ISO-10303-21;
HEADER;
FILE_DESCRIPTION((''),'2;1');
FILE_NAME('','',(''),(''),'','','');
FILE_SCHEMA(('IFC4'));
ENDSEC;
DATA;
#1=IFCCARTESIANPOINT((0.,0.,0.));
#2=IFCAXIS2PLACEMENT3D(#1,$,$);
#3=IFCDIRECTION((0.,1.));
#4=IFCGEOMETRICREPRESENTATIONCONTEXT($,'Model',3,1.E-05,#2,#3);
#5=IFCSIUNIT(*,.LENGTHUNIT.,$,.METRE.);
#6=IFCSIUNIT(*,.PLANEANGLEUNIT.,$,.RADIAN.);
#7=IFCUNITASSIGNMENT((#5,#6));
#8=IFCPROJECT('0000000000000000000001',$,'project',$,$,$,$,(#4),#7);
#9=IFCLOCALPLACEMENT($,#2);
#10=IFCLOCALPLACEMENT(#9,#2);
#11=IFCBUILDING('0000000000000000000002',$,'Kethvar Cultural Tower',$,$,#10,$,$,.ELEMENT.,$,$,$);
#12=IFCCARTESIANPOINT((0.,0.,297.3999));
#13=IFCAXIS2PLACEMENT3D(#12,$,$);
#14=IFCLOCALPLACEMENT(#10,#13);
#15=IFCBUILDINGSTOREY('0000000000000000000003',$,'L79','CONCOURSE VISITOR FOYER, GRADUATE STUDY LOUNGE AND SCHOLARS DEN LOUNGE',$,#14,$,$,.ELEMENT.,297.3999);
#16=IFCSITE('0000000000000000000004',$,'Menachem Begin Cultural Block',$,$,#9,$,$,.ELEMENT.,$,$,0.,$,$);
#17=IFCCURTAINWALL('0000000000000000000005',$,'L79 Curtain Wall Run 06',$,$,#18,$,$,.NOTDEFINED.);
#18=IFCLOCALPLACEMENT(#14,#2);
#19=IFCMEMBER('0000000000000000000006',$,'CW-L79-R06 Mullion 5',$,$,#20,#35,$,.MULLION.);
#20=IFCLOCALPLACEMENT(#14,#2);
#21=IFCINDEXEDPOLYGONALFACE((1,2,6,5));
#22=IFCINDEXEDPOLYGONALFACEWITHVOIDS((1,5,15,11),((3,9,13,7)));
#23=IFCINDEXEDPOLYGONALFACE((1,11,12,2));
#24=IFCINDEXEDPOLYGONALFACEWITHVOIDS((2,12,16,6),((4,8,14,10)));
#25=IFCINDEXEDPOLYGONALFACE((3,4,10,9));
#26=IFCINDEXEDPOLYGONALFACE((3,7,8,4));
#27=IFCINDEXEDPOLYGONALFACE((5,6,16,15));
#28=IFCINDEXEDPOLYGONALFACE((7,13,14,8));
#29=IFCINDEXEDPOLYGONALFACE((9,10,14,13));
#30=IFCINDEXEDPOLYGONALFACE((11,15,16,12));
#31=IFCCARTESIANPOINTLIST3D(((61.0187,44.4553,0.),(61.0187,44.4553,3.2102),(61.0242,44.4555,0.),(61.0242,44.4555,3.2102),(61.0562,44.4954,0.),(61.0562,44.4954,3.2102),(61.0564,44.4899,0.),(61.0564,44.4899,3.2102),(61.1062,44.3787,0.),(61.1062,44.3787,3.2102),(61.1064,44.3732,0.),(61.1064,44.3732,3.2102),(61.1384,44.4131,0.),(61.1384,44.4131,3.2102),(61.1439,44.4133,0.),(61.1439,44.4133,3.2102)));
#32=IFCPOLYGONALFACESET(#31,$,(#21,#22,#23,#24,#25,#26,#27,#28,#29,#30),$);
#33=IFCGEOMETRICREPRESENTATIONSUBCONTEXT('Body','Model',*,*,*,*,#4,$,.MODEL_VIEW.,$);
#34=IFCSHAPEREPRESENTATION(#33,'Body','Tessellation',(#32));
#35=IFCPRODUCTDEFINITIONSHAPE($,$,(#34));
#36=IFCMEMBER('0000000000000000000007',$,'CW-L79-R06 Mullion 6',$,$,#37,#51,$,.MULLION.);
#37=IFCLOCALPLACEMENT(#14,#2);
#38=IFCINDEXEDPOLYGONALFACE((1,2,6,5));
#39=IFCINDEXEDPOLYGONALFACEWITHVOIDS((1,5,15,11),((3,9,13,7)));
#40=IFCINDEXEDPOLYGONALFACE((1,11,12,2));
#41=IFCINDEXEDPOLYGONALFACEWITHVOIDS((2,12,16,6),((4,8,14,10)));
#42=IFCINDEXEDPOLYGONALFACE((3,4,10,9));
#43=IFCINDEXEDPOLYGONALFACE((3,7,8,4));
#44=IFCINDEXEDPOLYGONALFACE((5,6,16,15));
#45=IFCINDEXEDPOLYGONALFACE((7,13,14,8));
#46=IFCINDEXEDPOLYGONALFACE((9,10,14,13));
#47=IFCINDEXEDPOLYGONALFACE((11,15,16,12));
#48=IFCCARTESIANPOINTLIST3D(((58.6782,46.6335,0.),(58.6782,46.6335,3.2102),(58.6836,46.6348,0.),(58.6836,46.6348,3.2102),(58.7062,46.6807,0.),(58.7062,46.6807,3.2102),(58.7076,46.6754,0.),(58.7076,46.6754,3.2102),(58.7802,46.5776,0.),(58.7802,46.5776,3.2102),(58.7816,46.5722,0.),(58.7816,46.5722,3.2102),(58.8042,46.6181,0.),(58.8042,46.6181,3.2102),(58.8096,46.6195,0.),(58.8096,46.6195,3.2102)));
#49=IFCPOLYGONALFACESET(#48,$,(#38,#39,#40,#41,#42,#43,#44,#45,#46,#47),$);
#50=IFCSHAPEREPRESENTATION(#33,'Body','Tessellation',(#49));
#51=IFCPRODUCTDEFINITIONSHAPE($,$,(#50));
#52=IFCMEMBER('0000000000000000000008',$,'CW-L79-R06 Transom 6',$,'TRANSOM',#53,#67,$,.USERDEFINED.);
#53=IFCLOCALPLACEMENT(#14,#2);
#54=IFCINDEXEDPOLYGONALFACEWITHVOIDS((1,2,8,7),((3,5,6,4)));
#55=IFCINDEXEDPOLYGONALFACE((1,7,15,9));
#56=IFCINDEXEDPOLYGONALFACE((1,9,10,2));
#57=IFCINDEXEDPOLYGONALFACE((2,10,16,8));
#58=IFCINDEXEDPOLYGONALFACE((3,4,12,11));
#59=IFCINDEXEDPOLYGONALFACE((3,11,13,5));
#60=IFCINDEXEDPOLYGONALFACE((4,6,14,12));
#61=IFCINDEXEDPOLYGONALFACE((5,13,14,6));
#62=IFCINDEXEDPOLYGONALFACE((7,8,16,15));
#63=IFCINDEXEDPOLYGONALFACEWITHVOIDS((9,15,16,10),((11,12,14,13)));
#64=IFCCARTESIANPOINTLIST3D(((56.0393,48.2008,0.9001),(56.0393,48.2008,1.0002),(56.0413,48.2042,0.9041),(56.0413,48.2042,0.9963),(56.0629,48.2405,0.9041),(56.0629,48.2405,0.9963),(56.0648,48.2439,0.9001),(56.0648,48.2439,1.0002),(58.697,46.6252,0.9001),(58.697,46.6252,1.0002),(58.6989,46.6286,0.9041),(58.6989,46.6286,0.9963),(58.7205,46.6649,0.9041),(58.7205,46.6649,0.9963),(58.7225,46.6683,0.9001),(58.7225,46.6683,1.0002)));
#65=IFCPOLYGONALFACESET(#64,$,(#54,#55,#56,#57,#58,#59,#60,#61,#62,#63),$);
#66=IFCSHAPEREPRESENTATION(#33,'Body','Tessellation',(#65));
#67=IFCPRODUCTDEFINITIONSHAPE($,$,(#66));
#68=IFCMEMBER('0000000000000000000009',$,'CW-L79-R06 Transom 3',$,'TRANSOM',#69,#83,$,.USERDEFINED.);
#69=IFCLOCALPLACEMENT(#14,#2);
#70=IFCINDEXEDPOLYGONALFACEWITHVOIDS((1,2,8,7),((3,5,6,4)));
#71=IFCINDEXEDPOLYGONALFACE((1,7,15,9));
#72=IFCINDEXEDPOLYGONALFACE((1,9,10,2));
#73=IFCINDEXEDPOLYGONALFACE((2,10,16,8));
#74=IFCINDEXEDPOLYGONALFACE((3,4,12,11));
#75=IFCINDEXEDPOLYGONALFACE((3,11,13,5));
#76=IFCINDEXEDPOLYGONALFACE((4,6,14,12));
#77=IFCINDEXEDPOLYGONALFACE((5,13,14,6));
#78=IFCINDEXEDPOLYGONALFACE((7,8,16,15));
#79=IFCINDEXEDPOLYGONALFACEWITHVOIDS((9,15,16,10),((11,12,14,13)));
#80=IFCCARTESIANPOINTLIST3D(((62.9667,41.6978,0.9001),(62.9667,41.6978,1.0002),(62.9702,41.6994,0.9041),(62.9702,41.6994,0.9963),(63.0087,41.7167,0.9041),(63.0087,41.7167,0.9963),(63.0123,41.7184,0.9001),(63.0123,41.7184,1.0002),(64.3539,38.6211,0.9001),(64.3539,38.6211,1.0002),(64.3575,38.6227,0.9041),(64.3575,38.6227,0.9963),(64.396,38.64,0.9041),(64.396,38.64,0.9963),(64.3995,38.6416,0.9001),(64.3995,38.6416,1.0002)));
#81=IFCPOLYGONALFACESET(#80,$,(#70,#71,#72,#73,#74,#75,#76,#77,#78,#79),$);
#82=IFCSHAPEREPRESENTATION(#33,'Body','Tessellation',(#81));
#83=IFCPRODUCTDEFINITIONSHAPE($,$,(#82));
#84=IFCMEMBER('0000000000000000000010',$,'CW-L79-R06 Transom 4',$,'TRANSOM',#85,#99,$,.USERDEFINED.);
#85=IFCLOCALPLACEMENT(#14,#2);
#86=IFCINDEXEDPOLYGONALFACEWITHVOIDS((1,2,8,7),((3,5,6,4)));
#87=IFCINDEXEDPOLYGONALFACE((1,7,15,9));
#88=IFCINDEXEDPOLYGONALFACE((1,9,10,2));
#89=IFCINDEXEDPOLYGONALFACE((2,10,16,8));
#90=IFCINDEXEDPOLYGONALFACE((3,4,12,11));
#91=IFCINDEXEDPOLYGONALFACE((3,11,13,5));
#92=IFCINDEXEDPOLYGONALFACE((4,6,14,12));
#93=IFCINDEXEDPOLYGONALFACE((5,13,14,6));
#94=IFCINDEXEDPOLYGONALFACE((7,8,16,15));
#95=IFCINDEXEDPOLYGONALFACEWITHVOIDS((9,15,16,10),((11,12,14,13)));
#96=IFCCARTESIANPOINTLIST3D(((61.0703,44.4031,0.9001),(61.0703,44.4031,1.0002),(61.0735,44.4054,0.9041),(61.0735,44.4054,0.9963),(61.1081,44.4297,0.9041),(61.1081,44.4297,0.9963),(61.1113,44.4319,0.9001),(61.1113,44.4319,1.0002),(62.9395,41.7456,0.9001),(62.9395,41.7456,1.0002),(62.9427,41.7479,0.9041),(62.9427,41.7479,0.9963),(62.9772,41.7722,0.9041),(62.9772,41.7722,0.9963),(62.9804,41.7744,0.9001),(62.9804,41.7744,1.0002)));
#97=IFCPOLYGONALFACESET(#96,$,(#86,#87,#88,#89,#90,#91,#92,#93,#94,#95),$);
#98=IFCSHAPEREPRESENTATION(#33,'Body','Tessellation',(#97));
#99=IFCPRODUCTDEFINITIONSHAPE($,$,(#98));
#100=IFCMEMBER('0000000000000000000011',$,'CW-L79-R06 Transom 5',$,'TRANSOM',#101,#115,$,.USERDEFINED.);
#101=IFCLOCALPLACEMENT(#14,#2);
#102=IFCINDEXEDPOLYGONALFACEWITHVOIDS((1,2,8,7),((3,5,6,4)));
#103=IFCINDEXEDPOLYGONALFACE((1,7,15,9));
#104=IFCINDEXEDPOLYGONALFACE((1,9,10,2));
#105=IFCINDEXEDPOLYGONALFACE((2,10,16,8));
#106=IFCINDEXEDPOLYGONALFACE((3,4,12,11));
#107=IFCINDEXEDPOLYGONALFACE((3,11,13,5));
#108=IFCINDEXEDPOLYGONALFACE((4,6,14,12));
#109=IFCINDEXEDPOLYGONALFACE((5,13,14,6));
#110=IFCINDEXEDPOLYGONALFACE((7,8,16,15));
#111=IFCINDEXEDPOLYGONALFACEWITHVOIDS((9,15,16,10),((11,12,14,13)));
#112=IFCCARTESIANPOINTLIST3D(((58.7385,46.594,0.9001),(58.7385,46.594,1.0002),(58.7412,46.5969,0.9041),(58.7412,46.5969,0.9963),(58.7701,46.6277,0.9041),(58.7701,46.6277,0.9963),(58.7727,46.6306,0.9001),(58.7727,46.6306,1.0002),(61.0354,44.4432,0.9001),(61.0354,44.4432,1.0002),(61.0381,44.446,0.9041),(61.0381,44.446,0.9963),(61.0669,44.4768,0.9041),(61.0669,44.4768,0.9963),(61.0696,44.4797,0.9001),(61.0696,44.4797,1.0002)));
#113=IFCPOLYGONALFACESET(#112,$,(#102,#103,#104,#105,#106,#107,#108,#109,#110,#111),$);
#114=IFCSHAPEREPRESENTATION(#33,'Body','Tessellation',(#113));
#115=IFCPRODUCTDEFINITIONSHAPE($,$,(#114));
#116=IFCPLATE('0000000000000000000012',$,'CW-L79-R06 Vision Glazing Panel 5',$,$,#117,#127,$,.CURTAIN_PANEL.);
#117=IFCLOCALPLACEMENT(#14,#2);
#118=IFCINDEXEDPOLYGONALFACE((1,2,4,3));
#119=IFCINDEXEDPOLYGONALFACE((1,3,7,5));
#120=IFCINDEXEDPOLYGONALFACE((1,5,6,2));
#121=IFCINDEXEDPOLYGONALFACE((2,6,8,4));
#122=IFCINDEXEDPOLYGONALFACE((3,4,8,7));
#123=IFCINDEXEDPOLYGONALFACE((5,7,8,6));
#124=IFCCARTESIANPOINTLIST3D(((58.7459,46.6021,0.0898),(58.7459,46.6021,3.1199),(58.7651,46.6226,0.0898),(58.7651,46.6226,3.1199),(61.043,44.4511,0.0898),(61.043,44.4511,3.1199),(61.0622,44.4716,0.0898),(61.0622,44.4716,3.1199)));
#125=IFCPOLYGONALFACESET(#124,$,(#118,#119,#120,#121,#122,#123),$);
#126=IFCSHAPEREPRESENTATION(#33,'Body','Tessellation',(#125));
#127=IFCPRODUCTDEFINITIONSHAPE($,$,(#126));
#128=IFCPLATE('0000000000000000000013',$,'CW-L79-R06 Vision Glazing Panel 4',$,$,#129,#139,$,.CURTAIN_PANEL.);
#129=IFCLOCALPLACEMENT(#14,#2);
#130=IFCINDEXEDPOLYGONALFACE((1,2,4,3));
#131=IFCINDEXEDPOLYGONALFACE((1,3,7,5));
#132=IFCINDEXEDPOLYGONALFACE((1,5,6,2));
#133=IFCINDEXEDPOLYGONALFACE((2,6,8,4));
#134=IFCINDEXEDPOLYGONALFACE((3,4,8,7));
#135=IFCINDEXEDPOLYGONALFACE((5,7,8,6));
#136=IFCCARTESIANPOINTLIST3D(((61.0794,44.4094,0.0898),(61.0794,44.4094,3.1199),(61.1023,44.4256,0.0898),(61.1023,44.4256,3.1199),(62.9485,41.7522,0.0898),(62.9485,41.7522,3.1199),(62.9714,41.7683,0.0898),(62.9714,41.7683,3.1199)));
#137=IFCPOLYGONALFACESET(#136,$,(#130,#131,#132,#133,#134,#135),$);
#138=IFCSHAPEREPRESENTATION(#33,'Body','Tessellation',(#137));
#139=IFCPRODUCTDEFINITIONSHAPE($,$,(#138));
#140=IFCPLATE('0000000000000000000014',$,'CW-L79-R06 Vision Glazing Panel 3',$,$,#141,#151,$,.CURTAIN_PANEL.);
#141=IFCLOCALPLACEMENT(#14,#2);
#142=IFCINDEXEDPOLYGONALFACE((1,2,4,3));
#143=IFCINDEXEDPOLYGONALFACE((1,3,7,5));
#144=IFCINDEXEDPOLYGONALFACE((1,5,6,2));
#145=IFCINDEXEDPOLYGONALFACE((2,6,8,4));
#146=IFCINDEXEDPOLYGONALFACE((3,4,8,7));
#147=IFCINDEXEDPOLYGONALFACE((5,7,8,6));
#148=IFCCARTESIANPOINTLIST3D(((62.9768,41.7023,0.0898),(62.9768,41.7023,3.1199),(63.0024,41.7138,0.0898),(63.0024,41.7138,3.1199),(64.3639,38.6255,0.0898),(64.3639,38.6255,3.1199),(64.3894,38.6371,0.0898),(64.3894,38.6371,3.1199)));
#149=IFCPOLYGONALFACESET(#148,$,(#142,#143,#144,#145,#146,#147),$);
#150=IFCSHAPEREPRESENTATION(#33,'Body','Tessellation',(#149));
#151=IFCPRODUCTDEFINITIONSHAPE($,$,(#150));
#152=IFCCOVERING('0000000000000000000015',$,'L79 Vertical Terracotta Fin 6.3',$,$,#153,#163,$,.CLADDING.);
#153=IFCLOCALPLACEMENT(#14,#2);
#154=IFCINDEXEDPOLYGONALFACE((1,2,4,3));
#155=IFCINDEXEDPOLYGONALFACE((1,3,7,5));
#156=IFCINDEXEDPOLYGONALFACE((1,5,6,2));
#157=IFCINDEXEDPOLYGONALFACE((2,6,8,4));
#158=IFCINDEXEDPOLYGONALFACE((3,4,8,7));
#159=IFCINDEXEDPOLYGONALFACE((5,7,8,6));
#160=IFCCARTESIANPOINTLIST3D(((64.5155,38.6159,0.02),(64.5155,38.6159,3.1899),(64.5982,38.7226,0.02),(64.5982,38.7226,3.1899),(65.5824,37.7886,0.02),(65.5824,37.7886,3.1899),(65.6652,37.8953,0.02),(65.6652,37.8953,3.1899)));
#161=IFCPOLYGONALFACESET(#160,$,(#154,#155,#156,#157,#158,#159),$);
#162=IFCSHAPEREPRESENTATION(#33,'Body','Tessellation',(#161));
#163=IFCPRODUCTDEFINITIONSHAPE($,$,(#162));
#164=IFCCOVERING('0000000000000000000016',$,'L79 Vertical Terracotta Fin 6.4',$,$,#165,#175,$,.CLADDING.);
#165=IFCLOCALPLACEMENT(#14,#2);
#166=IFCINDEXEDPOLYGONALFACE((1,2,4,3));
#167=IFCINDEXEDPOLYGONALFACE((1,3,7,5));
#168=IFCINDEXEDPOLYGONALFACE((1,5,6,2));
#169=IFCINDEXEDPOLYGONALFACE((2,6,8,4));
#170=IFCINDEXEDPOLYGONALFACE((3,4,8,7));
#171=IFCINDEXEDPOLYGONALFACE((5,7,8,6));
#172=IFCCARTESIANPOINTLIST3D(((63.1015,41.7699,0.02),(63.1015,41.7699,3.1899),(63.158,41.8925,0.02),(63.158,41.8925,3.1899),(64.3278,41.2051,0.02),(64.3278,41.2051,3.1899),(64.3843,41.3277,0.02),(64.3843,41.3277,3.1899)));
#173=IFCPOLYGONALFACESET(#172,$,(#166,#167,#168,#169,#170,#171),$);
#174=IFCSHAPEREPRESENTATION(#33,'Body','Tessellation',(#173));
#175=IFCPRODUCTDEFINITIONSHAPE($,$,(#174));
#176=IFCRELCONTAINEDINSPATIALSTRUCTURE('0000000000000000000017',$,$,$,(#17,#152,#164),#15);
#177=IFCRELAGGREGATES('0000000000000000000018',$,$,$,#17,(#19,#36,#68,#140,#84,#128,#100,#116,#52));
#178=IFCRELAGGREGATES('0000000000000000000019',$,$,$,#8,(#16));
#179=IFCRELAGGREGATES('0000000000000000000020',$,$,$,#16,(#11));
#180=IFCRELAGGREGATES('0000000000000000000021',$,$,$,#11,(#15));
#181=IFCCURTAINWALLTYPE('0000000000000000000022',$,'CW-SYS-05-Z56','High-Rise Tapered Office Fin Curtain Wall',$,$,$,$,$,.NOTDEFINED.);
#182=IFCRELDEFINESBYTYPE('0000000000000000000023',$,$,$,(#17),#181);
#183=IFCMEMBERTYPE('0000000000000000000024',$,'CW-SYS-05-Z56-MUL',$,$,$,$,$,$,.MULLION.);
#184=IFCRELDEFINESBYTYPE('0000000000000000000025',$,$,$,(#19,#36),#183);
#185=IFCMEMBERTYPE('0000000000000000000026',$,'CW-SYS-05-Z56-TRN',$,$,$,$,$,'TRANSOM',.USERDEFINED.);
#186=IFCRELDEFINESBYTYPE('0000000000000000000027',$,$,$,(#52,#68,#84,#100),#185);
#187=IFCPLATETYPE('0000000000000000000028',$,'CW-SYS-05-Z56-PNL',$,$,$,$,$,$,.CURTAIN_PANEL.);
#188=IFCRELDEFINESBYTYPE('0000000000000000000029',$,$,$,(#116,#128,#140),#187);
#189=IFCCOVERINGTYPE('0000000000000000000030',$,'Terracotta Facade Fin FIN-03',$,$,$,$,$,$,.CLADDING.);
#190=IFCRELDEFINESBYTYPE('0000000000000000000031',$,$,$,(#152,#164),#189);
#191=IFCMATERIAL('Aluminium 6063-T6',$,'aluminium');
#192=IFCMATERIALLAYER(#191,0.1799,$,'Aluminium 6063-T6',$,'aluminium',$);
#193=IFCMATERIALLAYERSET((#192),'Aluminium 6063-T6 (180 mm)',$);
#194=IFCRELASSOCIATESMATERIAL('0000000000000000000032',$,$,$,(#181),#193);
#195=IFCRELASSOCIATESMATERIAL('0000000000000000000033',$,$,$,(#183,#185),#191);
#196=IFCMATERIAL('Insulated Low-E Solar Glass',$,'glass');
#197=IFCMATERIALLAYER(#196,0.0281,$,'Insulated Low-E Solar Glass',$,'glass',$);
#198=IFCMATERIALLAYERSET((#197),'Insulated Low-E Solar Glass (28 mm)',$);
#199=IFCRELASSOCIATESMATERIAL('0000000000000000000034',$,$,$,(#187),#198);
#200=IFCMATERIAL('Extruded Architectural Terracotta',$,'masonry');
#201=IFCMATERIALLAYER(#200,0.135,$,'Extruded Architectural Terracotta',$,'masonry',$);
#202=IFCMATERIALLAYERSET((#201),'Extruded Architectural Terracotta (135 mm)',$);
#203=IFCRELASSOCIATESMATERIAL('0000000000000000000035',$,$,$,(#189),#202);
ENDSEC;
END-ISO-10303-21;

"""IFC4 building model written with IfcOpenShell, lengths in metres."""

from ifc_helpers import new_model, si_unit, direction, frame, origin, origin_2d, place, context, subcontext, project, spatial, rectangle, hollow_rectangle, extrude, source, transform, mapped, material, layer, layer_set, material_profile, profile_set, type_object, element, aggregate, save


model = new_model("IFC4")

# Units and contexts
model_context = context("Model", 3, precision=1e-05, world=origin(), true_north=direction((0.0, 1.0)))
body_context = subcontext(model_context, "Body", "Model", "MODEL_VIEW")
ifc_project = project(units=[si_unit("LENGTHUNIT", "METRE"), si_unit("PLANEANGLEUNIT", "RADIAN")], contexts=[model_context])

# Site, building, storey
site_placement = place(None, origin())
site = spatial("IfcSite", under=ifc_project, at=site_placement, Name="Menachem Begin Cultural Block", CompositionType="ELEMENT", RefElevation=0.0)
building_placement = place(site_placement, origin())
building = spatial("IfcBuilding", under=site, at=building_placement, Name="Kethvar Cultural Tower", CompositionType="ELEMENT")
storey_placement = place(building_placement, frame((0.0, 0.0, 297.3999)))
storey = spatial("IfcBuildingStorey", under=building, at=storey_placement, Name="L79", Description="CONCOURSE VISITOR FOYER, GRADUATE STUDY LOUNGE AND SCHOLARS DEN LOUNGE", CompositionType="ELEMENT", Elevation=297.3999)

# Curtain wall, members, plates
ifc_material_1 = material(Name="Aluminium 6063-T6", Category="aluminium")
ifc_layer_1 = layer(ifc_material_1, 0.1799, Name="Aluminium 6063-T6", Category="aluminium")
ifc_layer_set_1 = layer_set([ifc_layer_1], Name="Aluminium 6063-T6 (180 mm)")
curtain_wall_type = type_object("IfcCurtainWallType", Name="CW-SYS-05-Z56", Description="High-Rise Tapered Office Fin Curtain Wall", PredefinedType="NOTDEFINED", material=ifc_layer_set_1)
curtain_wall_placement = place(storey_placement, origin())
curtain_wall = element("IfcCurtainWall", 1, at=curtain_wall_placement, inside=storey, type_object=curtain_wall_type, Name="L79 Curtain Wall Run 06", PredefinedType="NOTDEFINED")
ifc_material_profile_1 = material_profile(ifc_material_1, hollow_rectangle(XDim=0.0549, YDim=0.1201, WallThickness=0.0039, at=origin_2d()), Name="Aluminium 6063-T6 — RHS120x55x4")
ifc_profile_set_1 = profile_set([ifc_material_profile_1], Name="Aluminium 6063-T6 — RHS120x55x4")
member_type_1 = type_object("IfcMemberType", Name="CW-SYS-05-Z56-MUL", PredefinedType="MULLION", material=ifc_profile_set_1)
shared_shape_1 = source(origin(), body_context, "Body", "SweptSolid", [
    extrude(hollow_rectangle(XDim=0.0549, YDim=0.1201, WallThickness=0.0039, at=origin_2d()), origin(), (0.0, 0.0, 1.0), 3.2102),
])
member_1_placement = place(storey_placement, frame((61.0813, 44.4343, 0.0), z_axis=(0.0, 0.0, 1.0), x_axis=(-0.683529, -0.729924, 0.0)))
member_1 = element("IfcMember", 2, at=member_1_placement, type_object=member_type_1, Name="CW-L79-R06 Mullion 5", PredefinedType="MULLION", context=body_context, shape_type="MappedRepresentation", body=[
    mapped(shared_shape_1, transform((0.0, 0.0, 0.0), scale=1.0)),
])
member_2_placement = place(storey_placement, frame((58.7439, 46.6265, 0.0), z_axis=(0.0, 0.0, 1.0), x_axis=(-0.509958, -0.8602, 0.0)))
member_2 = element("IfcMember", 3, at=member_2_placement, type_object=member_type_1, Name="CW-L79-R06 Mullion 6", PredefinedType="MULLION", context=body_context, shape_type="MappedRepresentation", body=[
    mapped(shared_shape_1, transform((0.0, 0.0, 0.0), scale=1.0)),
])
ifc_material_profile_2 = material_profile(ifc_material_1, hollow_rectangle(XDim=0.05, YDim=0.1001, WallThickness=0.0039, at=origin_2d()), Name="Aluminium 6063-T6 — RHS100x50x4")
ifc_profile_set_2 = profile_set([ifc_material_profile_2], Name="Aluminium 6063-T6 — RHS100x50x4")
member_type_2 = type_object("IfcMemberType", Name="CW-SYS-05-Z56-TRN", ElementType="TRANSOM", PredefinedType="USERDEFINED", material=ifc_profile_set_2)
shared_shape_2 = source(origin(), body_context, "Body", "SweptSolid", [
    extrude(hollow_rectangle(XDim=0.05, YDim=0.1001, WallThickness=0.0039, at=origin_2d()), origin(), (0.0, 0.0, 1.0), 3.0896),
])
member_3_placement = place(storey_placement, frame((58.7097, 46.6467, 0.9502), z_axis=(-0.860186, 0.50998, 0.0), x_axis=(-0.50998, -0.860186, 0.0)))
member_3 = element("IfcMember", 4, at=member_3_placement, type_object=member_type_2, Name="CW-L79-R06 Transom 6", ObjectType="TRANSOM", PredefinedType="USERDEFINED", context=body_context, shape_type="MappedRepresentation", body=[
    mapped(shared_shape_2, transform((0.0, 0.0, 0.0), scale=1.0)),
])
shared_shape_3 = source(origin(), body_context, "Body", "SweptSolid", [
    extrude(hollow_rectangle(XDim=0.05, YDim=0.1001, WallThickness=0.0039, at=origin_2d()), origin(), (0.0, 0.0, 1.0), 3.375),
])
member_4_placement = place(storey_placement, frame((64.3767, 38.6313, 0.9502), z_axis=(-0.411032, 0.911621, 0.0), x_axis=(-0.911621, -0.411032, 0.0)))
member_4 = element("IfcMember", 5, at=member_4_placement, type_object=member_type_2, Name="CW-L79-R06 Transom 3", ObjectType="TRANSOM", PredefinedType="USERDEFINED", context=body_context, shape_type="MappedRepresentation", body=[
    mapped(shared_shape_3, transform((0.0, 0.0, 0.0), scale=1.0)),
])
shared_shape_4 = source(origin(), body_context, "Body", "SweptSolid", [
    extrude(hollow_rectangle(XDim=0.05, YDim=0.1001, WallThickness=0.0039, at=origin_2d()), origin(), (0.0, 0.0, 1.0), 3.249),
])
member_5_placement = place(storey_placement, frame((62.96, 41.76, 0.9502), z_axis=(-0.575302, 0.817941, 0.0), x_axis=(-0.817941, -0.575302, 0.0)))
member_5 = element("IfcMember", 6, at=member_5_placement, type_object=member_type_2, Name="CW-L79-R06 Transom 4", ObjectType="TRANSOM", PredefinedType="USERDEFINED", context=body_context, shape_type="MappedRepresentation", body=[
    mapped(shared_shape_4, transform((0.0, 0.0, 0.0), scale=1.0)),
])
shared_shape_5 = source(origin(), body_context, "Body", "SweptSolid", [
    extrude(hollow_rectangle(XDim=0.05, YDim=0.1001, WallThickness=0.0039, at=origin_2d()), origin(), (0.0, 0.0, 1.0), 3.1467),
])
member_6_placement = place(storey_placement, frame((61.0525, 44.4614, 0.9502), z_axis=(-0.729924, 0.683528, 0.0), x_axis=(-0.683528, -0.729924, 0.0)))
member_6 = element("IfcMember", 7, at=member_6_placement, type_object=member_type_2, Name="CW-L79-R06 Transom 5", ObjectType="TRANSOM", PredefinedType="USERDEFINED", context=body_context, shape_type="MappedRepresentation", body=[
    mapped(shared_shape_5, transform((0.0, 0.0, 0.0), scale=1.0)),
])
ifc_material_2 = material(Name="Insulated Low-E Solar Glass", Category="glass")
ifc_layer_2 = layer(ifc_material_2, 0.0281, Name="Insulated Low-E Solar Glass", Category="glass")
ifc_layer_set_2 = layer_set([ifc_layer_2], Name="Insulated Low-E Solar Glass (28 mm)")
plate_type = type_object("IfcPlateType", Name="CW-SYS-05-Z56-PNL", PredefinedType="CURTAIN_PANEL", material=ifc_layer_set_2)
shared_shape_6 = source(origin(), body_context, "Body", "SweptSolid", [
    extrude(rectangle(XDim=3.147, YDim=0.0281, at=origin_2d()), origin(), (0.0, 0.0, 1.0), 3.03),
])
plate_1_placement = place(storey_placement, frame((59.9041, 45.5369, 0.0898), z_axis=(0.0, 0.0, 1.0), x_axis=(-0.729924, 0.683529, 0.0)))
plate_1 = element("IfcPlate", 8, at=plate_1_placement, type_object=plate_type, Name="CW-L79-R06 Vision Glazing Panel 5", PredefinedType="CURTAIN_PANEL", context=body_context, shape_type="MappedRepresentation", body=[
    mapped(shared_shape_6, transform((0.0, 0.0, 0.0), scale=1.0)),
])
shared_shape_7 = source(origin(), body_context, "Body", "SweptSolid", [
    extrude(rectangle(XDim=3.2488, YDim=0.0281, at=origin_2d()), origin(), (0.0, 0.0, 1.0), 3.03),
])
plate_2_placement = place(storey_placement, frame((62.0254, 43.0889, 0.0898), z_axis=(0.0, 0.0, 1.0), x_axis=(-0.575319, 0.817929, 0.0)))
plate_2 = element("IfcPlate", 9, at=plate_2_placement, type_object=plate_type, Name="CW-L79-R06 Vision Glazing Panel 4", PredefinedType="CURTAIN_PANEL", context=body_context, shape_type="MappedRepresentation", body=[
    mapped(shared_shape_7, transform((0.0, 0.0, 0.0), scale=1.0)),
])
shared_shape_8 = source(origin(), body_context, "Body", "SweptSolid", [
    extrude(rectangle(XDim=3.375, YDim=0.0281, at=origin_2d()), origin(), (0.0, 0.0, 1.0), 3.03),
])
plate_3_placement = place(storey_placement, frame((63.6831, 40.1697, 0.0898), z_axis=(0.0, 0.0, 1.0), x_axis=(-0.410989, 0.91164, 0.0)))
plate_3 = element("IfcPlate", 10, at=plate_3_placement, type_object=plate_type, Name="CW-L79-R06 Vision Glazing Panel 3", PredefinedType="CURTAIN_PANEL", context=body_context, shape_type="MappedRepresentation", body=[
    mapped(shared_shape_8, transform((0.0, 0.0, 0.0), scale=1.0)),
])
aggregate(curtain_wall, [member_1, member_2, member_4, plate_3, member_5, plate_2, member_6, plate_1, member_3])

# Coverings
ifc_material_3 = material(Name="Extruded Architectural Terracotta", Category="masonry")
ifc_layer_3 = layer(ifc_material_3, 0.135, Name="Extruded Architectural Terracotta", Category="masonry")
ifc_layer_set_3 = layer_set([ifc_layer_3], Name="Extruded Architectural Terracotta (135 mm)")
covering_type = type_object("IfcCoveringType", Name="Terracotta Facade Fin FIN-03", PredefinedType="CLADDING", material=ifc_layer_set_3)
shared_shape_9 = source(origin(), body_context, "Body", "SweptSolid", [
    extrude(rectangle(XDim=1.3501, YDim=0.135, at=origin_2d()), origin(), (0.0, 0.0, 1.0), 3.1699),
])
for number, where, z_axis, x_axis, name in (
    (11, (65.0903, 38.2556, 0.02), (0.0, 0.0, 1.0), (0.790262, -0.612769, 0.0), "L79 Vertical Terracotta Fin 6.3"),
    (12, (63.7429, 41.5488, 0.02), (0.0, 0.0, 1.0), (0.908289, -0.418343, 0.0), "L79 Vertical Terracotta Fin 6.4"),
):
    element("IfcCovering", number, at=place(storey_placement, frame(where, z_axis=z_axis, x_axis=x_axis)), inside=storey, type_object=covering_type, Name=name, PredefinedType="CLADDING", context=body_context, shape_type="MappedRepresentation", body=[
        mapped(shared_shape_9, transform((0.0, 0.0, 0.0), scale=1.0)),
    ])

save(model, "model.ifc")
